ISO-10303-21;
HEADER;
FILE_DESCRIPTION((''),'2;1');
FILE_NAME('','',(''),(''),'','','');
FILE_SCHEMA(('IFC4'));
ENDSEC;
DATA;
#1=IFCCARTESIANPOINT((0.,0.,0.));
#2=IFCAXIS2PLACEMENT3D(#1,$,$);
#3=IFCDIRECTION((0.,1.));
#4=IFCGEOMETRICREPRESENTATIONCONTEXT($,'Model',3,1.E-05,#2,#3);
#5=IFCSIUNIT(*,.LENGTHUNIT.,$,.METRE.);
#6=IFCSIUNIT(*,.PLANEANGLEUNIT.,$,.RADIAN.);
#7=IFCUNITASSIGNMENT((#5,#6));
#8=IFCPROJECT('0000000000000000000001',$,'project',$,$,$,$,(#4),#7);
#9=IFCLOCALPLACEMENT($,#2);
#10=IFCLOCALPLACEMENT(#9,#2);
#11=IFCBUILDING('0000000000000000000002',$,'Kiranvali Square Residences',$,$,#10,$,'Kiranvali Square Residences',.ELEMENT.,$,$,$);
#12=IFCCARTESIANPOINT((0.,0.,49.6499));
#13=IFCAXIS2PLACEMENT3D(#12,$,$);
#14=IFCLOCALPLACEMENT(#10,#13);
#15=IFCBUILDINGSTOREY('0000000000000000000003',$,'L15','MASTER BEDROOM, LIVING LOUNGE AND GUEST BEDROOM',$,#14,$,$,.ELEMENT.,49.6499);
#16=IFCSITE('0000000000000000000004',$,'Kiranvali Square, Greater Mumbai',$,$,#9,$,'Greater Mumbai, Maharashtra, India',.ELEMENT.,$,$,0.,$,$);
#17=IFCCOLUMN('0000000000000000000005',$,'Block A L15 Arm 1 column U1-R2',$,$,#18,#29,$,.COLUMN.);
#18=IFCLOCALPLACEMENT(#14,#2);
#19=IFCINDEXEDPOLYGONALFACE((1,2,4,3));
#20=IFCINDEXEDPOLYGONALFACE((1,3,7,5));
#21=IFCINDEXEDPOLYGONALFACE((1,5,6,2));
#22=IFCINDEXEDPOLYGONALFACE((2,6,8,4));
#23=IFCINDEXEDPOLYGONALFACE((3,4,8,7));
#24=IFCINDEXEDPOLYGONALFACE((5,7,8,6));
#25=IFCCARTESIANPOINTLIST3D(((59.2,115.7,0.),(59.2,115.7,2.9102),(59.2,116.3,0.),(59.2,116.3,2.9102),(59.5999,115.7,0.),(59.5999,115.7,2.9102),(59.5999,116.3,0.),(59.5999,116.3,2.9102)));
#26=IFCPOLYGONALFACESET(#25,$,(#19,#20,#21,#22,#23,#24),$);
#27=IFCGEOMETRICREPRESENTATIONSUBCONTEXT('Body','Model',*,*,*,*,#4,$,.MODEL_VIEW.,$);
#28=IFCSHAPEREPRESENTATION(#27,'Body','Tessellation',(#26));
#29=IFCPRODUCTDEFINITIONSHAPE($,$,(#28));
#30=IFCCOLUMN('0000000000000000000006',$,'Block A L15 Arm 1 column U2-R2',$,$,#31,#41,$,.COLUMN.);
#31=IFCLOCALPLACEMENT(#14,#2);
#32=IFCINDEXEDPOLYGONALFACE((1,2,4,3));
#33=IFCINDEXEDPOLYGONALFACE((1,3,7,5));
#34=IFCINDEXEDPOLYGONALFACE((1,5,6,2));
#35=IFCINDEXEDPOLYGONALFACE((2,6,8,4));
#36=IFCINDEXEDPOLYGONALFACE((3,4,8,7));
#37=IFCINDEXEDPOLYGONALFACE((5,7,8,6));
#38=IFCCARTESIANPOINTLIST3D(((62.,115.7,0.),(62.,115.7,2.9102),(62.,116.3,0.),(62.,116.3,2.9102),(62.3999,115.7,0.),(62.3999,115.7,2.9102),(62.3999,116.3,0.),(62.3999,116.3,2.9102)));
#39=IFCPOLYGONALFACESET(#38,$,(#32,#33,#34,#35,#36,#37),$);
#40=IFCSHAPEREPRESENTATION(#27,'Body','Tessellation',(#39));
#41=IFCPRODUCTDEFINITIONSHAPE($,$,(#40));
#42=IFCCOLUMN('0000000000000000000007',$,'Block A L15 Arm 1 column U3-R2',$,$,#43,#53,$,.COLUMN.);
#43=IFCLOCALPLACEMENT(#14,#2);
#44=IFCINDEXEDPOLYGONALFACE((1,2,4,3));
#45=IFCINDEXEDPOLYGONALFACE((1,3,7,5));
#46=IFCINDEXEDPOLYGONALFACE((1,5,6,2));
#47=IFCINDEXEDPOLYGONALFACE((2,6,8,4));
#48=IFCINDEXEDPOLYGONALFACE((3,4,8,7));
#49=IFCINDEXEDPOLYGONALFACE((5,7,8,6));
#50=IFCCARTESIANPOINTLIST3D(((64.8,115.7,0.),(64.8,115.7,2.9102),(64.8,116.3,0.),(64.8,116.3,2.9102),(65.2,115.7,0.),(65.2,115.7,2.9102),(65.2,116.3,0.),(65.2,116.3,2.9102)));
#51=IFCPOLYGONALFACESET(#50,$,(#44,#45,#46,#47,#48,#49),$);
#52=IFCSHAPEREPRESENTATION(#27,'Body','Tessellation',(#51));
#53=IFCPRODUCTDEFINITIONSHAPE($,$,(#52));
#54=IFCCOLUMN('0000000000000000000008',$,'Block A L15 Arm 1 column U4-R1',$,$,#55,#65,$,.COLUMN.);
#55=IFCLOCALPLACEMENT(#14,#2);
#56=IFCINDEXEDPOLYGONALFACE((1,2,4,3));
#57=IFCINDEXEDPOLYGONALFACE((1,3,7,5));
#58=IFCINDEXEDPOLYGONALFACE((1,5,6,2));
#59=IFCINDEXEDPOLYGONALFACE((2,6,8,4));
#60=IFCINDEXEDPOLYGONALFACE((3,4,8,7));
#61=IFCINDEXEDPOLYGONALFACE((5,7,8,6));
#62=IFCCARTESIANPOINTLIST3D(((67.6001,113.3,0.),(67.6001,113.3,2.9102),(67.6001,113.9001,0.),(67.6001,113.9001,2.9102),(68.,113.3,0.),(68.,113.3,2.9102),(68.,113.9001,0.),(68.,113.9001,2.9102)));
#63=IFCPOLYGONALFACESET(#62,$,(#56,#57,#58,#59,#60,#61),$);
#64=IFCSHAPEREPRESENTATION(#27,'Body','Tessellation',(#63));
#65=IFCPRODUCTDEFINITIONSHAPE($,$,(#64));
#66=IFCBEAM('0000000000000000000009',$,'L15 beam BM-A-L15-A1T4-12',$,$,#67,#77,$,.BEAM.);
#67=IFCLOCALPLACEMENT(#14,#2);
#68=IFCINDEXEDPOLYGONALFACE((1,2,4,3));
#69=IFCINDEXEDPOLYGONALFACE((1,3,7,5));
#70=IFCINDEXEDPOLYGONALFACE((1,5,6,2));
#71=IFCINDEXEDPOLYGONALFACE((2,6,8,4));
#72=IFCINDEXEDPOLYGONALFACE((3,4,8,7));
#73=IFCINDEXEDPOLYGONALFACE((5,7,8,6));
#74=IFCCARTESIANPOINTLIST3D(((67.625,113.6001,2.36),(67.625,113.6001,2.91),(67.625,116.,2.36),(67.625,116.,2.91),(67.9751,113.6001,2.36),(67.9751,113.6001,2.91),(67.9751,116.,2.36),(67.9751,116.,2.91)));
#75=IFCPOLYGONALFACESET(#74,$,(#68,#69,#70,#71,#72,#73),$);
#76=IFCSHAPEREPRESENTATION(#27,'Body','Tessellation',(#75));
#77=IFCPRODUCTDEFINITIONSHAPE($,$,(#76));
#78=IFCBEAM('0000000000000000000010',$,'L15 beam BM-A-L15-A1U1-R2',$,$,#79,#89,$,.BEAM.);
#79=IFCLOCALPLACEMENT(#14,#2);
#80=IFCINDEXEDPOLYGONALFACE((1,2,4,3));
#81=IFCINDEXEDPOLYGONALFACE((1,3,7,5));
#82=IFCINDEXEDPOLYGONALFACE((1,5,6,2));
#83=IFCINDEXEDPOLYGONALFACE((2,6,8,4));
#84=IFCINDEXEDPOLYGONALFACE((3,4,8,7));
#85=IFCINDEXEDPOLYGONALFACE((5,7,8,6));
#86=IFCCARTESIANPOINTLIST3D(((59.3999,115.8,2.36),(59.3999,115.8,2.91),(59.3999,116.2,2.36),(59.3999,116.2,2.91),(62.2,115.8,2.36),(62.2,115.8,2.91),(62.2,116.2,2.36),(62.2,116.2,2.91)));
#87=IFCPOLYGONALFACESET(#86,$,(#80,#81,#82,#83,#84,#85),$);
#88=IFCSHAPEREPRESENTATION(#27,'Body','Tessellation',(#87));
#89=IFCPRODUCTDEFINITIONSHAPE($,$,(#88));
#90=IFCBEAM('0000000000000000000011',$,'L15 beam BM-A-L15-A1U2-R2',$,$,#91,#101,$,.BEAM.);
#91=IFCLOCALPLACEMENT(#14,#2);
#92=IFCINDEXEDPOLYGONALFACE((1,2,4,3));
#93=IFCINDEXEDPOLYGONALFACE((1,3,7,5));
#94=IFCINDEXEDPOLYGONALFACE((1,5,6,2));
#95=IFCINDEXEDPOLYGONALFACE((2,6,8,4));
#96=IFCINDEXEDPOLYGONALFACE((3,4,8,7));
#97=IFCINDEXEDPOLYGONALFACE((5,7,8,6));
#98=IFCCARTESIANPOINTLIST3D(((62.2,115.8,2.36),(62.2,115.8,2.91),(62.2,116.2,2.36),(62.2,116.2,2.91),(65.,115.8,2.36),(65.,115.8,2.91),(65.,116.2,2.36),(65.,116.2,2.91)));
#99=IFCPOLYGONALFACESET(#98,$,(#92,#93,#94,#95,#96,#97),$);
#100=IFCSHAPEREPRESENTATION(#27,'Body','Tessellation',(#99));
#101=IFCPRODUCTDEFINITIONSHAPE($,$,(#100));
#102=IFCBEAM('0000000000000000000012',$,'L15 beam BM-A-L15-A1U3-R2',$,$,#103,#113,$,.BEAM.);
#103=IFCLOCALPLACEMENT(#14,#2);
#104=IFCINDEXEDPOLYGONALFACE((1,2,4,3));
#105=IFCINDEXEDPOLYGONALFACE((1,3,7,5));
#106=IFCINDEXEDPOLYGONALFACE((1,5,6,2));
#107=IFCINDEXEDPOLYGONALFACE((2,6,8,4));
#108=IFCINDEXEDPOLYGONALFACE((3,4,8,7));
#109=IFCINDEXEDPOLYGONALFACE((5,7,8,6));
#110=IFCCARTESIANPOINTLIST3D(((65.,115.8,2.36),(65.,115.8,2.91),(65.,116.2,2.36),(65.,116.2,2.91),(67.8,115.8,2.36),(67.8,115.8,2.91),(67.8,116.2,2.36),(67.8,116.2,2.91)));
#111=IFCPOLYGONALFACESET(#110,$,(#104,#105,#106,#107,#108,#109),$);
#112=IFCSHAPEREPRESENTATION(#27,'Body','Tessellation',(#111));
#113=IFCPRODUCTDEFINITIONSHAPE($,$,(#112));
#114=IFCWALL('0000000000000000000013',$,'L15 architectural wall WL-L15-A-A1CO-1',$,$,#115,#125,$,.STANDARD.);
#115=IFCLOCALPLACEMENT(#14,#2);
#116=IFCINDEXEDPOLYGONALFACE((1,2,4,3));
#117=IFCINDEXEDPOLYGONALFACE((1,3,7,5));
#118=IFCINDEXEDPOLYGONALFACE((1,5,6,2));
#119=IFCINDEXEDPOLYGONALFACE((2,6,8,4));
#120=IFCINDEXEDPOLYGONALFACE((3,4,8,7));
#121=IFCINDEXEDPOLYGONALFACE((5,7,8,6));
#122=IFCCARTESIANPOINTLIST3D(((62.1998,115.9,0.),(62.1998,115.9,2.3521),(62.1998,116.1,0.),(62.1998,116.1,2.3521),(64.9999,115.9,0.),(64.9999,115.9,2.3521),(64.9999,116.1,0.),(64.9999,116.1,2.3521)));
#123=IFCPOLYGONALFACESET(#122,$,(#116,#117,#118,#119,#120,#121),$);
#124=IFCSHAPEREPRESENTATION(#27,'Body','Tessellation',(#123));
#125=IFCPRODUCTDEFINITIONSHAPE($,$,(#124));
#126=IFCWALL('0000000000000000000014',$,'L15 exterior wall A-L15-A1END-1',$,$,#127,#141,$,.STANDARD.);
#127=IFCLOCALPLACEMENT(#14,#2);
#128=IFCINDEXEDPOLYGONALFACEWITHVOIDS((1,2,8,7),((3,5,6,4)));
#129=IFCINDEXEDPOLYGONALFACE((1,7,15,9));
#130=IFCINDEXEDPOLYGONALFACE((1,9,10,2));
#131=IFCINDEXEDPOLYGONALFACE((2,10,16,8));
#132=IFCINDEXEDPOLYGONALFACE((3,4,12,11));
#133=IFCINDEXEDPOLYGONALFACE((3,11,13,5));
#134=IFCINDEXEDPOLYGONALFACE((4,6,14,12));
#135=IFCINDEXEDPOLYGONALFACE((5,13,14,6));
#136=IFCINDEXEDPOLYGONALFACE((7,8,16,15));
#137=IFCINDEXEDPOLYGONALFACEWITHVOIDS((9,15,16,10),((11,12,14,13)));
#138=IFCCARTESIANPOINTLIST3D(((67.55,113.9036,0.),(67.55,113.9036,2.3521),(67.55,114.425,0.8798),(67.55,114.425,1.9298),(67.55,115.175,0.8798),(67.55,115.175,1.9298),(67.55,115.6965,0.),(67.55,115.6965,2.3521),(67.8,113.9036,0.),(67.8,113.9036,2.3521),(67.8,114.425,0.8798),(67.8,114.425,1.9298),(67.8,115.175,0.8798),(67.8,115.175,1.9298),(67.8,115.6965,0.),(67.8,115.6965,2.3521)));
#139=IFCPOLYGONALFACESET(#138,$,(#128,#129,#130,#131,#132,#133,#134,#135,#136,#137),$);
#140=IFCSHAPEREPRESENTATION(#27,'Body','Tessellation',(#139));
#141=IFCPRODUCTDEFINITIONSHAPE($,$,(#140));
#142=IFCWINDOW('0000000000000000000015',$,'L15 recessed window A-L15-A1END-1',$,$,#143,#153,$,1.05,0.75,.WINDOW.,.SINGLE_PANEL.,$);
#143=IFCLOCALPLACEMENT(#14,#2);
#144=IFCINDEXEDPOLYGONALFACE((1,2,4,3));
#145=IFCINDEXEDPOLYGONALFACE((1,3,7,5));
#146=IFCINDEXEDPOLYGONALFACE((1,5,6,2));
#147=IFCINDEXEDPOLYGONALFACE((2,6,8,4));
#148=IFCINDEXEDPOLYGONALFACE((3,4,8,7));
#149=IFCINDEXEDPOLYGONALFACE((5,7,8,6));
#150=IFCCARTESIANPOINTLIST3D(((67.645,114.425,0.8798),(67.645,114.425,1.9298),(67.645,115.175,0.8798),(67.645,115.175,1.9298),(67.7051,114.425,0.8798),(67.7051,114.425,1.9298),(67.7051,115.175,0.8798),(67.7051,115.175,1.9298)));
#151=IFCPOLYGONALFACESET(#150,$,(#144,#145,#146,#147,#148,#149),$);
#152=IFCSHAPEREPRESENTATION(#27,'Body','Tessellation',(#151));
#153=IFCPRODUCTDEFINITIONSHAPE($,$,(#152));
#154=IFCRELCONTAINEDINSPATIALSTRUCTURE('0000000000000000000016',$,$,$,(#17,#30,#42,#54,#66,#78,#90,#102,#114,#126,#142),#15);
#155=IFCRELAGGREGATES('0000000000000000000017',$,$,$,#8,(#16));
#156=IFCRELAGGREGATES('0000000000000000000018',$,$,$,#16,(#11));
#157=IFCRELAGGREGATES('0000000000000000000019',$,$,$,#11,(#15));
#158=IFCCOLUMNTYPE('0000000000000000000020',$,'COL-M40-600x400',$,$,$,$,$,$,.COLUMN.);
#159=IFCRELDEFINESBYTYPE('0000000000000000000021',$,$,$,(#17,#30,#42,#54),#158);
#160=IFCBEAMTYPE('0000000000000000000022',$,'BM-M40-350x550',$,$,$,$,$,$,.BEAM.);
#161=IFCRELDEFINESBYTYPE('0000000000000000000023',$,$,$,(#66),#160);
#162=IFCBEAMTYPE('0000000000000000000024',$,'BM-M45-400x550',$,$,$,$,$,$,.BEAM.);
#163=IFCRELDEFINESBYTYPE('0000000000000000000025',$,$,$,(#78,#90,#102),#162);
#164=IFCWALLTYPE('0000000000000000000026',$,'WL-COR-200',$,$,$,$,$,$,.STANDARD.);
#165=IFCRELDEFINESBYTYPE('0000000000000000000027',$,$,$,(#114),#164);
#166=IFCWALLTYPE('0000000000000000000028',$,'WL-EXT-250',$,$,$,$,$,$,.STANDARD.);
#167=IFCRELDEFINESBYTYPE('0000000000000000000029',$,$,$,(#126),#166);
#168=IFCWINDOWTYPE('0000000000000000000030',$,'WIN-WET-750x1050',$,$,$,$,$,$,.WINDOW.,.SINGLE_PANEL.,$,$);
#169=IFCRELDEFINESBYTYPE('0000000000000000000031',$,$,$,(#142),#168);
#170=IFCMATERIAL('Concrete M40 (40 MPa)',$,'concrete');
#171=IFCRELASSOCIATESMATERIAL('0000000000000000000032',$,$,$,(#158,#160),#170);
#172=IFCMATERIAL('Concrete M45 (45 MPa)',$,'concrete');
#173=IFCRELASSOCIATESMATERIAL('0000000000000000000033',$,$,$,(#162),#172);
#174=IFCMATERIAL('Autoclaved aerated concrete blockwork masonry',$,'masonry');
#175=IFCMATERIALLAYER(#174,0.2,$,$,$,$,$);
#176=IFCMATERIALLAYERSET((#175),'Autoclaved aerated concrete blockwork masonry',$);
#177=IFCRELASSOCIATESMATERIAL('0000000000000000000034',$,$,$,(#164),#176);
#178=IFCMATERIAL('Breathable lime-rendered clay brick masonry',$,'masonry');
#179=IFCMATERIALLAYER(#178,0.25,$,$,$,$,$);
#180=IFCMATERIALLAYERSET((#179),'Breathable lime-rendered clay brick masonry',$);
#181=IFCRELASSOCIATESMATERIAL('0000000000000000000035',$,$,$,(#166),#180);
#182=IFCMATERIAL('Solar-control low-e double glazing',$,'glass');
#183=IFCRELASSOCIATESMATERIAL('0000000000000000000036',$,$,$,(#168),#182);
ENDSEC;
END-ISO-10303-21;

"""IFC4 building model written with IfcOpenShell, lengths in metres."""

from ifc_helpers import new_model, si_unit, direction, frame, frame_2d, origin, origin_2d, place, context, subcontext, project, spatial, rectangle, extrude, material, layer, layer_set, material_profile, profile_set, type_object, element, fill, save


model = new_model("IFC4")

# Units and contexts
model_context = context("Model", 3, precision=1e-05, world=origin(), true_north=direction((0.0, 1.0)))
body_context = subcontext(model_context, "Body", "Model", "MODEL_VIEW")
ifc_project = project(units=[si_unit("LENGTHUNIT", "METRE"), si_unit("PLANEANGLEUNIT", "RADIAN")], contexts=[model_context])

# Site, building, storey
site_placement = place(None, origin())
site = spatial("IfcSite", under=ifc_project, at=site_placement, Name="Kiranvali Square, Greater Mumbai", LongName="Greater Mumbai, Maharashtra, India", CompositionType="ELEMENT", RefElevation=0.0)
building_placement = place(site_placement, origin())
building = spatial("IfcBuilding", under=site, at=building_placement, Name="Kiranvali Square Residences", LongName="Kiranvali Square Residences", CompositionType="ELEMENT")
storey_placement = place(building_placement, frame((0.0, 0.0, 49.6499)))
storey = spatial("IfcBuildingStorey", under=building, at=storey_placement, Name="L15", Description="MASTER BEDROOM, LIVING LOUNGE AND GUEST BEDROOM", CompositionType="ELEMENT", Elevation=49.6499)

# Columns
ifc_material_1 = material(Name="Concrete M40 (40 MPa)", Category="concrete")
ifc_material_profile_1 = material_profile(ifc_material_1, rectangle(XDim=0.3999, YDim=0.6001, at=origin_2d()), Name="RC 600x400")
ifc_profile_set_1 = profile_set([ifc_material_profile_1], Name="Concrete M40 (40 MPa)")
column_type = type_object("IfcColumnType", Name="COL-M40-600x400", PredefinedType="COLUMN", material=ifc_profile_set_1)
for number, where, z_axis, x_axis, name in (
    (1, (59.3999, 116.0, 0.0), (0.0, 0.0, 1.0), (1.0, 0.0, 0.0), "Block A L15 Arm 1 column U1-R2"),
    (2, (62.2, 116.0, 0.0), (0.0, 0.0, 1.0), (1.0, 0.0, 0.0), "Block A L15 Arm 1 column U2-R2"),
    (3, (65.0, 116.0, 0.0), (0.0, 0.0, 1.0), (1.0, 0.0, 0.0), "Block A L15 Arm 1 column U3-R2"),
    (4, (67.8, 113.6001, 0.0), (0.0, 0.0, 1.0), (1.0, 0.0, 0.0), "Block A L15 Arm 1 column U4-R1"),
):
    element("IfcColumn", number, at=place(storey_placement, frame(where, z_axis=z_axis, x_axis=x_axis)), inside=storey, type_object=column_type, Name=name, PredefinedType="COLUMN", context=body_context, shape_type="SweptSolid", body=[
        extrude(rectangle(XDim=0.3999, YDim=0.6001, at=origin_2d()), origin(), (0.0, 0.0, 1.0), 2.9102),
    ])

# Beams
ifc_material_profile_2 = material_profile(ifc_material_1, rectangle(XDim=0.3501, YDim=0.55, at=origin_2d()), Name="RC 350x550")
ifc_profile_set_2 = profile_set([ifc_material_profile_2], Name="Concrete M40 (40 MPa)")
beam_type_1 = type_object("IfcBeamType", Name="BM-M40-350x550", PredefinedType="BEAM", material=ifc_profile_set_2)
beam_placement = place(storey_placement, frame((67.8, 113.6001, 2.635), z_axis=(0.0, 1.0, 0.0), x_axis=(-1.0, 0.0, 0.0)))
element("IfcBeam", 5, at=beam_placement, inside=storey, type_object=beam_type_1, Name="L15 beam BM-A-L15-A1T4-12", PredefinedType="BEAM", context=body_context, shape_type="SweptSolid", body=[
    extrude(rectangle(XDim=0.3501, YDim=0.55, at=origin_2d()), origin(), (0.0, 0.0, 1.0), 2.3999),
])
ifc_material_2 = material(Name="Concrete M45 (45 MPa)", Category="concrete")
ifc_material_profile_3 = material_profile(ifc_material_2, rectangle(XDim=0.3999, YDim=0.55, at=origin_2d()), Name="RC 400x550")
ifc_profile_set_3 = profile_set([ifc_material_profile_3], Name="Concrete M45 (45 MPa)")
beam_type_2 = type_object("IfcBeamType", Name="BM-M45-400x550", PredefinedType="BEAM", material=ifc_profile_set_3)
for number, where, z_axis, x_axis, name in (
    (6, (59.3999, 116.0, 2.635), (1.0, 0.0, 0.0), (0.0, 1.0, 0.0), "L15 beam BM-A-L15-A1U1-R2"),
    (7, (62.2, 116.0, 2.635), (1.0, 0.0, 0.0), (0.0, 1.0, 0.0), "L15 beam BM-A-L15-A1U2-R2"),
    (8, (65.0, 116.0, 2.635), (1.0, 0.0, 0.0), (0.0, 1.0, 0.0), "L15 beam BM-A-L15-A1U3-R2"),
):
    element("IfcBeam", number, at=place(storey_placement, frame(where, z_axis=z_axis, x_axis=x_axis)), inside=storey, type_object=beam_type_2, Name=name, PredefinedType="BEAM", context=body_context, shape_type="SweptSolid", body=[
        extrude(rectangle(XDim=0.3999, YDim=0.55, at=origin_2d()), origin(), (0.0, 0.0, 1.0), 2.8),
    ])

# Shared definitions
ifc_material_3 = material(Name="Autoclaved aerated concrete blockwork masonry", Category="masonry")
ifc_layer_1 = layer(ifc_material_3, 0.2)
ifc_layer_set_1 = layer_set([ifc_layer_1], Name="Autoclaved aerated concrete blockwork masonry")
wall_type_1 = type_object("IfcWallType", Name="WL-COR-200", PredefinedType="STANDARD", material=ifc_layer_set_1)

# Wall
wall_1_placement = place(storey_placement, frame((62.2, 116.0, 0.0), z_axis=(0.0, 0.0, 1.0), x_axis=(1.0, 0.0, 0.0)))
element("IfcWall", 9, at=wall_1_placement, inside=storey, type_object=wall_type_1, Name="L15 architectural wall WL-L15-A-A1CO-1", PredefinedType="STANDARD", context=body_context, shape_type="SweptSolid", body=[
    extrude(rectangle(XDim=2.8, YDim=0.2, at=frame_2d((1.3999, 0.0))), origin(), (0.0, 0.0, 1.0), 2.3521),
])

# Wall, opening, window
ifc_material_4 = material(Name="Breathable lime-rendered clay brick masonry", Category="masonry")
ifc_layer_2 = layer(ifc_material_4, 0.25)
ifc_layer_set_2 = layer_set([ifc_layer_2], Name="Breathable lime-rendered clay brick masonry")
wall_type_2 = type_object("IfcWallType", Name="WL-EXT-250", PredefinedType="STANDARD", material=ifc_layer_set_2)
wall_2_placement = place(storey_placement, frame((67.675, 113.9036, 0.0), z_axis=(0.0, 0.0, 1.0), x_axis=(0.0, 1.0, 0.0)))
wall_2 = element("IfcWall", 10, at=wall_2_placement, inside=storey, type_object=wall_type_2, Name="L15 exterior wall A-L15-A1END-1", PredefinedType="STANDARD", context=body_context, shape_type="SweptSolid", body=[
    extrude(rectangle(XDim=1.793, YDim=0.25, at=frame_2d((0.8965, 0.0))), origin(), (0.0, 0.0, 1.0), 2.3521),
])
opening_1_placement = place(wall_2_placement, frame((0.5215, 0.0, 0.8799)))
opening_1 = element("IfcOpeningElement", 11, at=opening_1_placement, cuts=wall_2, PredefinedType="OPENING", context=body_context, shape_type="SweptSolid", body=[
    extrude(rectangle(XDim=0.75, YDim=1.05, at=frame_2d((0.375, 0.5249))), frame((0.0, 0.135, 0.0), z_axis=(0.0, -1.0, 0.0), x_axis=(1.0, 0.0, 0.0)), (0.0, 0.0, 1.0), 0.27),
])
ifc_material_5 = material(Name="Solar-control low-e double glazing", Category="glass")
window_type = type_object("IfcWindowType", Name="WIN-WET-750x1050", PartitioningType="SINGLE_PANEL", PredefinedType="WINDOW", material=ifc_material_5)
window_placement = place(opening_1_placement, origin())
window = element("IfcWindow", 12, at=window_placement, inside=storey, type_object=window_type, Name="L15 recessed window A-L15-A1END-1", OverallHeight=1.05, OverallWidth=0.75, PartitioningType="SINGLE_PANEL", PredefinedType="WINDOW", context=body_context, shape_type="SweptSolid", body=[
    extrude(rectangle(XDim=0.75, YDim=1.05, at=frame_2d((0.375, 0.5249))), frame((0.0, 0.03, 0.0), z_axis=(0.0, -1.0, 0.0), x_axis=(1.0, 0.0, 0.0)), (0.0, 0.0, 1.0), 0.0601),
])
fill(opening_1, window)

save(model, "model.ifc")
